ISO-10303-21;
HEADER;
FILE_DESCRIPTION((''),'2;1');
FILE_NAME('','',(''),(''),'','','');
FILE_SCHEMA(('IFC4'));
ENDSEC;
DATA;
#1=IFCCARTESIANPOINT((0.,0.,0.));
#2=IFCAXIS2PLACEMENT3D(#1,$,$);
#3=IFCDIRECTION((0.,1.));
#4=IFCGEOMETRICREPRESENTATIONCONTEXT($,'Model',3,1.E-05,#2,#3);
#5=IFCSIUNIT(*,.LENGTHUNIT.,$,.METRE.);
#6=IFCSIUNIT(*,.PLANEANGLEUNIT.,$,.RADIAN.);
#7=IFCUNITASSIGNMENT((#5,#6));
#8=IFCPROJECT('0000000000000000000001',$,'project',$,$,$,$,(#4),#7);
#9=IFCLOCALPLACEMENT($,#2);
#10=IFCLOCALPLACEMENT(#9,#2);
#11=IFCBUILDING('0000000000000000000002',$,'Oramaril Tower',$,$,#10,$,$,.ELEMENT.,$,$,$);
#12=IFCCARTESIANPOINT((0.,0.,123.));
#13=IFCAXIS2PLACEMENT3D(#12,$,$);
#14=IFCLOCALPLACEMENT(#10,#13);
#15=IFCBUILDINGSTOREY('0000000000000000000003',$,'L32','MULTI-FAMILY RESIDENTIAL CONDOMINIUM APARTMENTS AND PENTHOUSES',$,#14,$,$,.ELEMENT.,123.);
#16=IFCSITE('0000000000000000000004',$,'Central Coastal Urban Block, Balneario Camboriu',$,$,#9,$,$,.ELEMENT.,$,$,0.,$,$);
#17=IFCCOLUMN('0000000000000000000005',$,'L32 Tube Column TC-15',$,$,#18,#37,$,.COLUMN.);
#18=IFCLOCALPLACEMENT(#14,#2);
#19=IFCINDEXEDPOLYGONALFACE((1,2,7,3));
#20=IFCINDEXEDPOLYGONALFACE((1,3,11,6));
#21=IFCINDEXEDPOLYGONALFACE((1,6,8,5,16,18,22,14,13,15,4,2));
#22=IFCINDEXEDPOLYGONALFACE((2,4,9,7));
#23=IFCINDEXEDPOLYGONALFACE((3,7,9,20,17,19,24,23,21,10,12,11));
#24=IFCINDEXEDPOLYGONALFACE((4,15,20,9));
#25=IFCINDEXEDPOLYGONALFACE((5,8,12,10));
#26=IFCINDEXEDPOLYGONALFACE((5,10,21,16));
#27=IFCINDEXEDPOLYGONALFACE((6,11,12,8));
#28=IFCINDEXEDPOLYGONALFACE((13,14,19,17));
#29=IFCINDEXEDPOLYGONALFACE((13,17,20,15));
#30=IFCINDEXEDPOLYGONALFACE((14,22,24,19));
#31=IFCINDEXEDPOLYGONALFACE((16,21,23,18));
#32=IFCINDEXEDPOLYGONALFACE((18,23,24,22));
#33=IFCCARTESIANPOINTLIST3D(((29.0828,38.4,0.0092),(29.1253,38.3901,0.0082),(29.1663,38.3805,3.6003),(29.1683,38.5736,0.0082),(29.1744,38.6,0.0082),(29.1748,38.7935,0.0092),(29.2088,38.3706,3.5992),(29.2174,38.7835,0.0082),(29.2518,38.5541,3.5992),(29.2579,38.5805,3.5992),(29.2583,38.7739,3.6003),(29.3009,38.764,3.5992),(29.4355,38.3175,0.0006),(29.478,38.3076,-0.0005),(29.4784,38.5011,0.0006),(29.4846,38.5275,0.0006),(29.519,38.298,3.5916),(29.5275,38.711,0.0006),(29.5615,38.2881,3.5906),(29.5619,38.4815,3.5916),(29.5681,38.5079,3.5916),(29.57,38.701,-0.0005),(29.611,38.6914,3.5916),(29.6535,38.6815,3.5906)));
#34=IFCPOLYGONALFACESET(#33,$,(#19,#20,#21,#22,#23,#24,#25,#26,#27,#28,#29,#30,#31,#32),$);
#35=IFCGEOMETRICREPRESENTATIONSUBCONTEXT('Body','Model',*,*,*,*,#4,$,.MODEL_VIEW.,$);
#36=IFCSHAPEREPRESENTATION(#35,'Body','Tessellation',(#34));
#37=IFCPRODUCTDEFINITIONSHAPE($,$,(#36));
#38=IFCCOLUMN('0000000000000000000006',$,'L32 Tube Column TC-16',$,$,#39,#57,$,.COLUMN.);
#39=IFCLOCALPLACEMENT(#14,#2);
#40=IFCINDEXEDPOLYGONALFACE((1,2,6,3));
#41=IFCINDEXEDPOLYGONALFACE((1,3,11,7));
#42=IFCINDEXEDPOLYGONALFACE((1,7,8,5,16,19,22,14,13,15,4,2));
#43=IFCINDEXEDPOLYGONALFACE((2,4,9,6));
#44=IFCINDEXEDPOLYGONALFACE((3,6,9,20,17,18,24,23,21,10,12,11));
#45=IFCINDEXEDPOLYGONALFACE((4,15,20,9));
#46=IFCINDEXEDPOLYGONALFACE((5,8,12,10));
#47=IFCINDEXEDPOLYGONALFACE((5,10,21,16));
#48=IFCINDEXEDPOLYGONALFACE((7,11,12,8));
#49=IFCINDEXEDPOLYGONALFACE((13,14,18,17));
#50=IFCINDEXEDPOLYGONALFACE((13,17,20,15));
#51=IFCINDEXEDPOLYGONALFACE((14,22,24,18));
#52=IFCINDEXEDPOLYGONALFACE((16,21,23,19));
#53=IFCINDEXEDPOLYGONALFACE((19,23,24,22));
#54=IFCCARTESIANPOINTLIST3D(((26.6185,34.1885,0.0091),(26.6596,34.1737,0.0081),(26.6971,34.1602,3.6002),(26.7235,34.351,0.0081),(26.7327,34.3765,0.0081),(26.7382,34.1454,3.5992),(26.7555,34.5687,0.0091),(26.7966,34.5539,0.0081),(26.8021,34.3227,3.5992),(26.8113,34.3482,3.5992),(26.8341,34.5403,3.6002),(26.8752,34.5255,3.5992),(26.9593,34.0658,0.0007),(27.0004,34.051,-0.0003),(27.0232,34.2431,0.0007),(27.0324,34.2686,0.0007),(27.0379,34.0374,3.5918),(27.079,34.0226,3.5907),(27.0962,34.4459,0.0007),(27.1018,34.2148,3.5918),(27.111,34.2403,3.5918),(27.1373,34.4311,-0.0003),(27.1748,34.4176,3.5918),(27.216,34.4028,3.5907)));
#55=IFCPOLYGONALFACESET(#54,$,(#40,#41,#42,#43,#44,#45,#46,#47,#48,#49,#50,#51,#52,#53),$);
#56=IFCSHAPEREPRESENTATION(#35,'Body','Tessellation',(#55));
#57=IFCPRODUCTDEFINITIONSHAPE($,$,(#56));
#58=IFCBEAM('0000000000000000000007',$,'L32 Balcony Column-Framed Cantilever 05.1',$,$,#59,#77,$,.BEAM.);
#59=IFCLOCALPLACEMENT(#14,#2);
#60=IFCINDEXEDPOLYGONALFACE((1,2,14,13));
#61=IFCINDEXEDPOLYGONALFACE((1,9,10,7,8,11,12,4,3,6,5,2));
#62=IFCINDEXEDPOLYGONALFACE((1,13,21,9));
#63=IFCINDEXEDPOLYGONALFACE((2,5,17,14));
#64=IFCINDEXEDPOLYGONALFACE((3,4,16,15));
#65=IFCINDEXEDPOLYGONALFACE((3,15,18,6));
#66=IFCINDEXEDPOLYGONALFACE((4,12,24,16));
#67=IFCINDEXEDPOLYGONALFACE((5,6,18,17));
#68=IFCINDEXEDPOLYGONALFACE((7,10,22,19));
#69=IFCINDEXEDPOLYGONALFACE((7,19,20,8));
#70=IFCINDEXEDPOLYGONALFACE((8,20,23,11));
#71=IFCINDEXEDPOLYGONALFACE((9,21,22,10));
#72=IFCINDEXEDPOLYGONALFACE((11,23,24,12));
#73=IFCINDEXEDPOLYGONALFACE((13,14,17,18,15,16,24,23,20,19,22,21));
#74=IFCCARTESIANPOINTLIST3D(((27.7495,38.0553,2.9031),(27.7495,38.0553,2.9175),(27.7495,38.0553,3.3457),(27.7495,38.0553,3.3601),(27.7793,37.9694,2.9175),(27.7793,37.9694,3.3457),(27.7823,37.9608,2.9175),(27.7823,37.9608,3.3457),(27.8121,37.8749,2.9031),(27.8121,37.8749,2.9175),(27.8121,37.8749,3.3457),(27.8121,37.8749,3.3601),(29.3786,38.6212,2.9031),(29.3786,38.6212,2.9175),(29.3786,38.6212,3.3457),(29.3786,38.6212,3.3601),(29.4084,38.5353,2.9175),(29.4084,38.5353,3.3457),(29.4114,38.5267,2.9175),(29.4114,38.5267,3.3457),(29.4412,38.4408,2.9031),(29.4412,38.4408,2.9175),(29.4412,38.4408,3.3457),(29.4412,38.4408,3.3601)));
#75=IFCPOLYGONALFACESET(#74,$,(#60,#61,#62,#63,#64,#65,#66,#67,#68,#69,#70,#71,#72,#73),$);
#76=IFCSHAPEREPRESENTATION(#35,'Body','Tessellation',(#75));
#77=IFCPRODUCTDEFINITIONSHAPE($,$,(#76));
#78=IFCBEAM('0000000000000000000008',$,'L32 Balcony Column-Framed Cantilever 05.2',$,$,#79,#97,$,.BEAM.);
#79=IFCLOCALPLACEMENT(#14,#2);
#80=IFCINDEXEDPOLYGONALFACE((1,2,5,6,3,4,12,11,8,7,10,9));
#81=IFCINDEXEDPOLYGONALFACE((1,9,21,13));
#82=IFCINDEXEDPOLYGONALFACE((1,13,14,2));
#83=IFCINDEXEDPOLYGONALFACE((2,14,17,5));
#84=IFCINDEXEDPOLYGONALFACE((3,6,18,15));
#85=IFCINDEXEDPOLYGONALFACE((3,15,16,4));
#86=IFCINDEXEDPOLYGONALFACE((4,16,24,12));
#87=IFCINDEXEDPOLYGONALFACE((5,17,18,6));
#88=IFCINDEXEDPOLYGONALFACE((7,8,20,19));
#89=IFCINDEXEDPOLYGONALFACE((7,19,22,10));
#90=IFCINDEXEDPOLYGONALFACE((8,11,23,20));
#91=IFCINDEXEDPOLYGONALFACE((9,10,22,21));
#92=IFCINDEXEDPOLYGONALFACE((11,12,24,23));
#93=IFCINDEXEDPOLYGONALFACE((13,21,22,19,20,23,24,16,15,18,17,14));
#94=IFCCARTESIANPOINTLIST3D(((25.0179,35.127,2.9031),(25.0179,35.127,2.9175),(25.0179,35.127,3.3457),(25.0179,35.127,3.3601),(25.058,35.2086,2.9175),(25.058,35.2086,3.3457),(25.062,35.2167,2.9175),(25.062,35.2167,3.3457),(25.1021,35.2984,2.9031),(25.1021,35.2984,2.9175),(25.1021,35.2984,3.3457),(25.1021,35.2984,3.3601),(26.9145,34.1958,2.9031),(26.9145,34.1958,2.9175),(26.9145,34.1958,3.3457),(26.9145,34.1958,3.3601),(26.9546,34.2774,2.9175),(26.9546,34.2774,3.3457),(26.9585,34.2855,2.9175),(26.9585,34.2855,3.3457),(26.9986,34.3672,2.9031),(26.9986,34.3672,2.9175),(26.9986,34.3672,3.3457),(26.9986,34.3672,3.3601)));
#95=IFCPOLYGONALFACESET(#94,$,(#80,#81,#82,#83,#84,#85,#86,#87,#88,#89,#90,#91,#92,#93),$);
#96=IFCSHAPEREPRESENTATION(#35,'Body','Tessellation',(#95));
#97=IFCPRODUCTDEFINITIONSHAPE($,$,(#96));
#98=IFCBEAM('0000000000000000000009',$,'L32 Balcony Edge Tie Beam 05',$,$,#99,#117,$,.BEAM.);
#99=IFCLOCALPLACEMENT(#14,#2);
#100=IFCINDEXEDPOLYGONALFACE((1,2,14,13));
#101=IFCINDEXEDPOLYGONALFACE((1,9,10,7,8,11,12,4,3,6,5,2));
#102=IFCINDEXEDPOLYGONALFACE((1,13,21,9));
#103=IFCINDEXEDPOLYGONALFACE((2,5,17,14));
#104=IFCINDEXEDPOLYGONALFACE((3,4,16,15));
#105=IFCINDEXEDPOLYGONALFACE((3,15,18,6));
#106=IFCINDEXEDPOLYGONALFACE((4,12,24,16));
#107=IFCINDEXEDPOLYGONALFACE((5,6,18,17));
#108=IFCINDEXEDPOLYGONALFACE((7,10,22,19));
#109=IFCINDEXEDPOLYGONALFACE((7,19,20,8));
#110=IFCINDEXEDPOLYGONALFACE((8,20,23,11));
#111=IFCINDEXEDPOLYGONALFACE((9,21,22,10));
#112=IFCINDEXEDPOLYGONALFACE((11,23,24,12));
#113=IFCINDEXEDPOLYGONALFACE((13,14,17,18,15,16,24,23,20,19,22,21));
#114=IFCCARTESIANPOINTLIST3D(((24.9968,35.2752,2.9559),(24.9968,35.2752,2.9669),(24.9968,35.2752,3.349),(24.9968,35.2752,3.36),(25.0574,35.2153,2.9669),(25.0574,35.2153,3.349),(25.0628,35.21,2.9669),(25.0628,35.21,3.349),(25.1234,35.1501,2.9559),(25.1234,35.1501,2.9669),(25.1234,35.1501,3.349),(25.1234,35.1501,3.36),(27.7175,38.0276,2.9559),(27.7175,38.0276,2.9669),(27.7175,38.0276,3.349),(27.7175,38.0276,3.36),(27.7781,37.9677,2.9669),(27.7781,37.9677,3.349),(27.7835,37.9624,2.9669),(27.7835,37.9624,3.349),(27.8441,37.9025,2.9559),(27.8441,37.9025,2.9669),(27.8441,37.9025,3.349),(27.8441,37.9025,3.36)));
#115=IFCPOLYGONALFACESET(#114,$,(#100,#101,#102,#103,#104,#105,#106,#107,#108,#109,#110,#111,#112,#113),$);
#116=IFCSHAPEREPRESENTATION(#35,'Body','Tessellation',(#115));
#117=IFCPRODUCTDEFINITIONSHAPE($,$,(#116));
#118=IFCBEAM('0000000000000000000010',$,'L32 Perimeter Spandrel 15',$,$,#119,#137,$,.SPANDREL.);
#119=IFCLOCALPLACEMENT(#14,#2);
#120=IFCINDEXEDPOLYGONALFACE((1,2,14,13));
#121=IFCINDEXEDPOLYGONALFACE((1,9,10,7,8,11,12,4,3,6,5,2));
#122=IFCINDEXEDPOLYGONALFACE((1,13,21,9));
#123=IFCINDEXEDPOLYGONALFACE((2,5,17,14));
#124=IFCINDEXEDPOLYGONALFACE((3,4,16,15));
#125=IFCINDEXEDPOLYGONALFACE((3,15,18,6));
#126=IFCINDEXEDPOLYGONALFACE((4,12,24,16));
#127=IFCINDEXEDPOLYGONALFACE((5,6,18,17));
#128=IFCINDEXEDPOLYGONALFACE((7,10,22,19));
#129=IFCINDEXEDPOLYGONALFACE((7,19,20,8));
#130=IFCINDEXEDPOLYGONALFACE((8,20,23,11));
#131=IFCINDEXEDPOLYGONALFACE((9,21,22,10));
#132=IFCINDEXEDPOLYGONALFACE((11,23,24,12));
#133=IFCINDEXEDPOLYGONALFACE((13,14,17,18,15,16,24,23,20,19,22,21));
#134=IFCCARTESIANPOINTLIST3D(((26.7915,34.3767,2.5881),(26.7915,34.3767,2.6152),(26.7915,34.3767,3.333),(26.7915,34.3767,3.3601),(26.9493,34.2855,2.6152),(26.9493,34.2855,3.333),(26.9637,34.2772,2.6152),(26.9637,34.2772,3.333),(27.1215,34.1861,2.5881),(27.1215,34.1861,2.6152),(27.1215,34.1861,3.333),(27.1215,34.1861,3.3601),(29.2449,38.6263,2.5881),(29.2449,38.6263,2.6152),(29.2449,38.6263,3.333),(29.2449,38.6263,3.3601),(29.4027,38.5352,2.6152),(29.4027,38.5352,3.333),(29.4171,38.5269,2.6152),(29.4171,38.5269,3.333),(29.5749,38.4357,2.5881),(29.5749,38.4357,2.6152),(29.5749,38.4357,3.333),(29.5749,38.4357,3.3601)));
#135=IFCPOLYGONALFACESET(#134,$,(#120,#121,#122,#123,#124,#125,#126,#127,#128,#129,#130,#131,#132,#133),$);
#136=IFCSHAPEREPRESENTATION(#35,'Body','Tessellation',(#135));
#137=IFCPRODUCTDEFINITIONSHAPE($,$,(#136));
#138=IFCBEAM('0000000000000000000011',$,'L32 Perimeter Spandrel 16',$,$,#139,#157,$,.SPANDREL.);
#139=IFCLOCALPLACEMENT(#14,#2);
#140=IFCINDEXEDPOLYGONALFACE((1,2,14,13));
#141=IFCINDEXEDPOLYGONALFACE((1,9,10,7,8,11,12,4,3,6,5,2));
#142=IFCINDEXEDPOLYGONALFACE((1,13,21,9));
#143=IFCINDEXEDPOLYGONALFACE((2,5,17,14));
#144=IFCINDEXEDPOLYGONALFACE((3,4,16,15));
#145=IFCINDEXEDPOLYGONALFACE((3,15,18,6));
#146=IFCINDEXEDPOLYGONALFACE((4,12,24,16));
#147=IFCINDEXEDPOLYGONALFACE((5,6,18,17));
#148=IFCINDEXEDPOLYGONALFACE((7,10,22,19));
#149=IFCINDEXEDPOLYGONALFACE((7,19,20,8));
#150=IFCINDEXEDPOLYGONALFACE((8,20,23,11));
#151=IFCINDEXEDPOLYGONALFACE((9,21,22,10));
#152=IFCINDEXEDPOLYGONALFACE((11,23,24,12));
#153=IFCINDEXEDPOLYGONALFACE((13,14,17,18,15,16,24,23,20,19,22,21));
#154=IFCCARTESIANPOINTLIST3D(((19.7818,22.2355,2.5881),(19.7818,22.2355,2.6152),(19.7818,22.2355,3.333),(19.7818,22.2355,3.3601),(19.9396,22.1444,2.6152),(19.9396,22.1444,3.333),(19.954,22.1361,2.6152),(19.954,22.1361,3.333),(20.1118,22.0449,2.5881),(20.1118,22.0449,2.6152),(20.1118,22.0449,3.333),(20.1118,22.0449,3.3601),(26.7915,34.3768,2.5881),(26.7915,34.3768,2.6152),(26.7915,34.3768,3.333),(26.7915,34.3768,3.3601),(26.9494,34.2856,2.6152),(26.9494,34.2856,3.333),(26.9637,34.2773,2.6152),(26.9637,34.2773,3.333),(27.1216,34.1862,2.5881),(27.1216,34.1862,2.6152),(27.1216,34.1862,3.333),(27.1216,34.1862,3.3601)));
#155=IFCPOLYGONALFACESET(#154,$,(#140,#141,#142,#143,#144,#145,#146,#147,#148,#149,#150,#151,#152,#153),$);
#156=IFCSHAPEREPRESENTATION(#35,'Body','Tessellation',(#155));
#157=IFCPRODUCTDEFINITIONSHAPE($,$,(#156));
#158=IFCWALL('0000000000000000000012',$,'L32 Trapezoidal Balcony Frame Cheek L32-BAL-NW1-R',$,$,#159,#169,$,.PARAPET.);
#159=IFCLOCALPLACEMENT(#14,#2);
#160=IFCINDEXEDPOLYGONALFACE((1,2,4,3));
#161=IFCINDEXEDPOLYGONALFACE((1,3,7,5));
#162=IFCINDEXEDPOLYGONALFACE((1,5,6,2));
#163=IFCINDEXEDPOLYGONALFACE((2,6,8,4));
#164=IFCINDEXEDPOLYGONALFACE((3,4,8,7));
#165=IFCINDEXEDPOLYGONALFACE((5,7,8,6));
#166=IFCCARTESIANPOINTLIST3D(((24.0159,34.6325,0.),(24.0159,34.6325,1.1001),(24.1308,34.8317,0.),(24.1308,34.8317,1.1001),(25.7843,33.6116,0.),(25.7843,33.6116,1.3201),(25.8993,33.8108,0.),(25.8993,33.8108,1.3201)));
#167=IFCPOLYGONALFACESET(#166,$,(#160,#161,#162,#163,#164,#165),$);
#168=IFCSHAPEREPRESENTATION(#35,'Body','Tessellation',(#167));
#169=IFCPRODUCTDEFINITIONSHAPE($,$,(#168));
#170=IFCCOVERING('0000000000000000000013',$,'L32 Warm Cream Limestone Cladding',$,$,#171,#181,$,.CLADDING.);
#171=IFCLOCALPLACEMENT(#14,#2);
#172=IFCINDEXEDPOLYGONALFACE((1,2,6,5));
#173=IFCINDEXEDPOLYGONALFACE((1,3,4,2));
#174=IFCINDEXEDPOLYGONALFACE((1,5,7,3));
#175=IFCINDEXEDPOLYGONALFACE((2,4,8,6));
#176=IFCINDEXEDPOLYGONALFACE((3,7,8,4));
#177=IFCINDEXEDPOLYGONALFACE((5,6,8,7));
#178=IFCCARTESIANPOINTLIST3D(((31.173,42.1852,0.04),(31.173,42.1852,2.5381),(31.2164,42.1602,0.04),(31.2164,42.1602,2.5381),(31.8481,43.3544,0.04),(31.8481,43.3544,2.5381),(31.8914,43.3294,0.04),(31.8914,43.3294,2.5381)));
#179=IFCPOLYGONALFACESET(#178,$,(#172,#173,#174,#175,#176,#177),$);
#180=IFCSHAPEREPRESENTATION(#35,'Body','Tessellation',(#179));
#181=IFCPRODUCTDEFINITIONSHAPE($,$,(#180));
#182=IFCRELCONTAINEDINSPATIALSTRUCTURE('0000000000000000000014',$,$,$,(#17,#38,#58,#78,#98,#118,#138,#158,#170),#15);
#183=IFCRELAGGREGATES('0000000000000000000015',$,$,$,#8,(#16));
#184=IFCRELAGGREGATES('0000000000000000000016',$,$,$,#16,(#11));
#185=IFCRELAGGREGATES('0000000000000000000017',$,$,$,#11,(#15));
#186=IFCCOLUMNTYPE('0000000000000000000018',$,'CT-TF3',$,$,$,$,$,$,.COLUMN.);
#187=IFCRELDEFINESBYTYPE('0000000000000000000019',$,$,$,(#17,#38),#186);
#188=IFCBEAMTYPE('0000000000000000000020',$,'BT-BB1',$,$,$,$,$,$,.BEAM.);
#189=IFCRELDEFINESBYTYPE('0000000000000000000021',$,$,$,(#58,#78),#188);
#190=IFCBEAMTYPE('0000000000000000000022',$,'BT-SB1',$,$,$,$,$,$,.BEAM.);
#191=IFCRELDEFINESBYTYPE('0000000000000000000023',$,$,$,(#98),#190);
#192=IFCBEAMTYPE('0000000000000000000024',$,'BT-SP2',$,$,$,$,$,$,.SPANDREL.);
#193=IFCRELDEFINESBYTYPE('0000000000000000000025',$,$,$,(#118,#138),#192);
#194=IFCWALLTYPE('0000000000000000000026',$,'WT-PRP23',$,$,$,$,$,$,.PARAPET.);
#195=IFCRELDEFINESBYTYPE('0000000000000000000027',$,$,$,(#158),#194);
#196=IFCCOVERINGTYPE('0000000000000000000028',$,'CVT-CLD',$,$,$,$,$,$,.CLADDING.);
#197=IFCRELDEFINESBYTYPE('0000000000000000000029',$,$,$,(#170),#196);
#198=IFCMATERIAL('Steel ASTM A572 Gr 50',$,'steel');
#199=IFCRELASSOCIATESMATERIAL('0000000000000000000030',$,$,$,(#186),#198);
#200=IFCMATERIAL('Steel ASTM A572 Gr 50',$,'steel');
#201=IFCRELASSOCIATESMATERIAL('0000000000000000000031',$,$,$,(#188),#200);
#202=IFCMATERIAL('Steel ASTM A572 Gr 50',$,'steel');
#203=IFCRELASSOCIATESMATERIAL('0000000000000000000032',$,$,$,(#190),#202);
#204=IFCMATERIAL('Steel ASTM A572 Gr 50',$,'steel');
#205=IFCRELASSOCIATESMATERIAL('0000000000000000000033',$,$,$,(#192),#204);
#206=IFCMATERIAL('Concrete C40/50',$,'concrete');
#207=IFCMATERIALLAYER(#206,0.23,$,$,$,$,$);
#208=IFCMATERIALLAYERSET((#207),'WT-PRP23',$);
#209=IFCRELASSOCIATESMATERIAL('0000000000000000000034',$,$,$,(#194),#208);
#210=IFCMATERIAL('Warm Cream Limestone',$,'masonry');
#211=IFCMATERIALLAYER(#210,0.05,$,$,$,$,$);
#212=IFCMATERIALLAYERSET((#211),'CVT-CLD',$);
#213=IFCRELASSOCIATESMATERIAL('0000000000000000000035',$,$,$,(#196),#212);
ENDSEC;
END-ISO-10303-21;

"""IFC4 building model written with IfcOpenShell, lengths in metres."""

from ifc_helpers import new_model, si_unit, direction, frame, origin, origin_2d, place, context, subcontext, project, spatial, polyline, rectangle, i_section, outline, extrude, material, layer, layer_set, material_profile, profile_set, type_object, element, save


model = new_model("IFC4")

# Units and contexts
model_context = context("Model", 3, precision=1e-05, world=origin(), true_north=direction((0.0, 1.0)))
body_context = subcontext(model_context, "Body", "Model", "MODEL_VIEW")
ifc_project = project(units=[si_unit("LENGTHUNIT", "METRE"), si_unit("PLANEANGLEUNIT", "RADIAN")], contexts=[model_context])

# Site, building, storey
site_placement = place(None, origin())
site = spatial("IfcSite", under=ifc_project, at=site_placement, Name="Central Coastal Urban Block, Balneario Camboriu", CompositionType="ELEMENT", RefElevation=0.0)
building_placement = place(site_placement, origin())
building = spatial("IfcBuilding", under=site, at=building_placement, Name="Oramaril Tower", CompositionType="ELEMENT")
storey_placement = place(building_placement, frame((0.0, 0.0, 123.0)))
storey = spatial("IfcBuildingStorey", under=building, at=storey_placement, Name="L32", Description="MULTI-FAMILY RESIDENTIAL CONDOMINIUM APARTMENTS AND PENTHOUSES", CompositionType="ELEMENT", Elevation=123.0)

# Columns
ifc_material_1 = material(Name="Steel ASTM A572 Gr 50", Category="steel")
ifc_material_profile_1 = material_profile(ifc_material_1, i_section(OverallWidth=0.4041, OverallDepth=0.406, WebThickness=0.0271, FlangeThickness=0.0437, at=origin_2d()), Name="W14X233")
ifc_profile_set_1 = profile_set([ifc_material_profile_1], Name="Steel ASTM A572 Gr 50")
column_type = type_object("IfcColumnType", Name="CT-TF3", PredefinedType="COLUMN", material=ifc_profile_set_1)
for number, where, z_axis, x_axis, name in (
    (1, (29.3264, 38.5505, 0.0044), (0.023244, -0.005437, 0.999715), (0.22777, 0.973715, 0.0), "L32 Tube Column TC-15"),
    (2, (26.8779, 34.3098, 0.0044), (0.021885, -0.007884, 0.999729), (0.338926, 0.940813, 0.0), "L32 Tube Column TC-16"),
):
    element("IfcColumn", number, at=place(storey_placement, frame(where, z_axis=z_axis, x_axis=x_axis)), inside=storey, type_object=column_type, Name=name, PredefinedType="COLUMN", context=body_context, shape_type="SweptSolid", body=[
        extrude(i_section(OverallWidth=0.4041, OverallDepth=0.406, WebThickness=0.0271, FlangeThickness=0.0437, at=origin_2d()), origin(), (0.0, 0.0, 1.0), 3.592),
    ])

# Beams
ifc_material_2 = material(Name="Steel ASTM A572 Gr 50", Category="steel")
ifc_material_profile_2 = material_profile(ifc_material_2, i_section(OverallWidth=0.1909, OverallDepth=0.457, WebThickness=0.009, FlangeThickness=0.0144, at=origin_2d()), Name="W18X50")
ifc_profile_set_2 = profile_set([ifc_material_profile_2], Name="Steel ASTM A572 Gr 50")
beam_type_1 = type_object("IfcBeamType", Name="BT-BB1", PredefinedType="BEAM", material=ifc_profile_set_2)
beam_1_placement = place(storey_placement, frame((29.4099, 38.531, 3.1316), z_axis=(-0.94463, -0.328136, 0.0), x_axis=(0.328136, -0.94463, 0.0)))
element("IfcBeam", 3, at=beam_1_placement, inside=storey, type_object=beam_type_1, Name="L32 Balcony Column-Framed Cantilever 05.1", PredefinedType="BEAM", context=body_context, shape_type="SweptSolid", body=[
    extrude(i_section(OverallWidth=0.1909, OverallDepth=0.457, WebThickness=0.009, FlangeThickness=0.0144, at=origin_2d()), origin(), (0.0, 0.0, 1.0), 1.7246),
])
beam_2_placement = place(storey_placement, frame((26.9565, 34.2815, 3.1316), z_axis=(-0.897639, 0.440731, 0.0), x_axis=(-0.440731, -0.897639, 0.0)))
element("IfcBeam", 4, at=beam_2_placement, inside=storey, type_object=beam_type_1, Name="L32 Balcony Column-Framed Cantilever 05.2", PredefinedType="BEAM", context=body_context, shape_type="SweptSolid", body=[
    extrude(i_section(OverallWidth=0.1909, OverallDepth=0.457, WebThickness=0.009, FlangeThickness=0.0144, at=origin_2d()), origin(), (0.0, 0.0, 1.0), 2.1128),
])
ifc_material_3 = material(Name="Steel ASTM A572 Gr 50", Category="steel")
ifc_material_profile_3 = material_profile(ifc_material_3, i_section(OverallWidth=0.178, OverallDepth=0.4041, WebThickness=0.0076, FlangeThickness=0.011, at=origin_2d()), Name="W16X36")
ifc_profile_set_3 = profile_set([ifc_material_profile_3], Name="Steel ASTM A572 Gr 50")
beam_type_2 = type_object("IfcBeamType", Name="BT-SB1", PredefinedType="BEAM", material=ifc_profile_set_3)
beam_3_placement = place(storey_placement, frame((27.7808, 37.9651, 3.158), z_axis=(-0.702995, -0.711195, 0.0), x_axis=(0.711195, -0.702995, 0.0)))
element("IfcBeam", 5, at=beam_3_placement, inside=storey, type_object=beam_type_2, Name="L32 Balcony Edge Tie Beam 05", PredefinedType="BEAM", context=body_context, shape_type="SweptSolid", body=[
    extrude(i_section(OverallWidth=0.178, OverallDepth=0.4041, WebThickness=0.0076, FlangeThickness=0.011, at=origin_2d()), origin(), (0.0, 0.0, 1.0), 3.8701),
])
ifc_material_4 = material(Name="Steel ASTM A572 Gr 50", Category="steel")
ifc_material_profile_4 = material_profile(ifc_material_4, i_section(OverallWidth=0.3811, OverallDepth=0.772, WebThickness=0.0166, FlangeThickness=0.0271, at=origin_2d()), Name="W30X173")
ifc_profile_set_4 = profile_set([ifc_material_profile_4], Name="Steel ASTM A572 Gr 50")
beam_type_3 = type_object("IfcBeamType", Name="BT-SP2", PredefinedType="SPANDREL", material=ifc_profile_set_4)
beam_4_placement = place(storey_placement, frame((29.4099, 38.531, 2.9741), z_axis=(-0.499987, -0.866033, 0.0), x_axis=(0.866033, -0.499987, 0.0)))
element("IfcBeam", 6, at=beam_4_placement, inside=storey, type_object=beam_type_3, Name="L32 Perimeter Spandrel 15", PredefinedType="SPANDREL", context=body_context, shape_type="SweptSolid", body=[
    extrude(i_section(OverallWidth=0.3811, OverallDepth=0.772, WebThickness=0.0166, FlangeThickness=0.0271, at=origin_2d()), origin(), (0.0, 0.0, 1.0), 4.907),
])
beam_5_placement = place(storey_placement, frame((26.9565, 34.2815, 2.9741), z_axis=(-0.499997, -0.866027, 0.0), x_axis=(0.866027, -0.499997, 0.0)))
element("IfcBeam", 7, at=beam_5_placement, inside=storey, type_object=beam_type_3, Name="L32 Perimeter Spandrel 16", PredefinedType="SPANDREL", context=body_context, shape_type="SweptSolid", body=[
    extrude(i_section(OverallWidth=0.3811, OverallDepth=0.772, WebThickness=0.0166, FlangeThickness=0.0271, at=origin_2d()), origin(), (0.0, 0.0, 1.0), 14.0195),
])

# Wall
ifc_material_5 = material(Name="Concrete C40/50", Category="concrete")
ifc_layer_1 = layer(ifc_material_5, 0.23)
ifc_layer_set_1 = layer_set([ifc_layer_1], Name="WT-PRP23")
wall_type = type_object("IfcWallType", Name="WT-PRP23", PredefinedType="PARAPET", material=ifc_layer_set_1)
wall_placement = place(storey_placement, frame((25.8418, 33.7112, 0.0), z_axis=(0.0, 0.0, 1.0), x_axis=(-0.866042, 0.499971, 0.0)))
element("IfcWall", 8, at=wall_placement, inside=storey, type_object=wall_type, Name="L32 Trapezoidal Balcony Frame Cheek L32-BAL-NW1-R", PredefinedType="PARAPET", context=body_context, shape_type="SweptSolid", body=[
    extrude(outline(polyline([(0.0, 0.0), (2.042, 0.0), (2.042, 1.1001), (0.0, 1.3201), (0.0, 0.0)])), frame((0.0, 0.115, 0.0), z_axis=(0.0, -1.0, 0.0), x_axis=(1.0, 0.0, 0.0)), (0.0, 0.0, 1.0), 0.23),
])

# Covering
ifc_material_6 = material(Name="Warm Cream Limestone", Category="masonry")
ifc_layer_2 = layer(ifc_material_6, 0.05)
ifc_layer_set_2 = layer_set([ifc_layer_2], Name="CVT-CLD")
covering_type = type_object("IfcCoveringType", Name="CVT-CLD", PredefinedType="CLADDING", material=ifc_layer_set_2)
covering_1_placement = place(storey_placement, frame((31.5322, 42.7573, 0.04), z_axis=(0.0, 0.0, 1.0), x_axis=(-0.499998, -0.866026, 0.0)))
element("IfcCovering", 9, at=covering_1_placement, inside=storey, type_object=covering_type, Name="L32 Warm Cream Limestone Cladding", PredefinedType="CLADDING", context=body_context, shape_type="SweptSolid", body=[
    extrude(rectangle(XDim=1.3501, YDim=0.05, at=origin_2d()), origin(), (0.0, 0.0, 1.0), 2.498),
])

save(model, "model.ifc")
